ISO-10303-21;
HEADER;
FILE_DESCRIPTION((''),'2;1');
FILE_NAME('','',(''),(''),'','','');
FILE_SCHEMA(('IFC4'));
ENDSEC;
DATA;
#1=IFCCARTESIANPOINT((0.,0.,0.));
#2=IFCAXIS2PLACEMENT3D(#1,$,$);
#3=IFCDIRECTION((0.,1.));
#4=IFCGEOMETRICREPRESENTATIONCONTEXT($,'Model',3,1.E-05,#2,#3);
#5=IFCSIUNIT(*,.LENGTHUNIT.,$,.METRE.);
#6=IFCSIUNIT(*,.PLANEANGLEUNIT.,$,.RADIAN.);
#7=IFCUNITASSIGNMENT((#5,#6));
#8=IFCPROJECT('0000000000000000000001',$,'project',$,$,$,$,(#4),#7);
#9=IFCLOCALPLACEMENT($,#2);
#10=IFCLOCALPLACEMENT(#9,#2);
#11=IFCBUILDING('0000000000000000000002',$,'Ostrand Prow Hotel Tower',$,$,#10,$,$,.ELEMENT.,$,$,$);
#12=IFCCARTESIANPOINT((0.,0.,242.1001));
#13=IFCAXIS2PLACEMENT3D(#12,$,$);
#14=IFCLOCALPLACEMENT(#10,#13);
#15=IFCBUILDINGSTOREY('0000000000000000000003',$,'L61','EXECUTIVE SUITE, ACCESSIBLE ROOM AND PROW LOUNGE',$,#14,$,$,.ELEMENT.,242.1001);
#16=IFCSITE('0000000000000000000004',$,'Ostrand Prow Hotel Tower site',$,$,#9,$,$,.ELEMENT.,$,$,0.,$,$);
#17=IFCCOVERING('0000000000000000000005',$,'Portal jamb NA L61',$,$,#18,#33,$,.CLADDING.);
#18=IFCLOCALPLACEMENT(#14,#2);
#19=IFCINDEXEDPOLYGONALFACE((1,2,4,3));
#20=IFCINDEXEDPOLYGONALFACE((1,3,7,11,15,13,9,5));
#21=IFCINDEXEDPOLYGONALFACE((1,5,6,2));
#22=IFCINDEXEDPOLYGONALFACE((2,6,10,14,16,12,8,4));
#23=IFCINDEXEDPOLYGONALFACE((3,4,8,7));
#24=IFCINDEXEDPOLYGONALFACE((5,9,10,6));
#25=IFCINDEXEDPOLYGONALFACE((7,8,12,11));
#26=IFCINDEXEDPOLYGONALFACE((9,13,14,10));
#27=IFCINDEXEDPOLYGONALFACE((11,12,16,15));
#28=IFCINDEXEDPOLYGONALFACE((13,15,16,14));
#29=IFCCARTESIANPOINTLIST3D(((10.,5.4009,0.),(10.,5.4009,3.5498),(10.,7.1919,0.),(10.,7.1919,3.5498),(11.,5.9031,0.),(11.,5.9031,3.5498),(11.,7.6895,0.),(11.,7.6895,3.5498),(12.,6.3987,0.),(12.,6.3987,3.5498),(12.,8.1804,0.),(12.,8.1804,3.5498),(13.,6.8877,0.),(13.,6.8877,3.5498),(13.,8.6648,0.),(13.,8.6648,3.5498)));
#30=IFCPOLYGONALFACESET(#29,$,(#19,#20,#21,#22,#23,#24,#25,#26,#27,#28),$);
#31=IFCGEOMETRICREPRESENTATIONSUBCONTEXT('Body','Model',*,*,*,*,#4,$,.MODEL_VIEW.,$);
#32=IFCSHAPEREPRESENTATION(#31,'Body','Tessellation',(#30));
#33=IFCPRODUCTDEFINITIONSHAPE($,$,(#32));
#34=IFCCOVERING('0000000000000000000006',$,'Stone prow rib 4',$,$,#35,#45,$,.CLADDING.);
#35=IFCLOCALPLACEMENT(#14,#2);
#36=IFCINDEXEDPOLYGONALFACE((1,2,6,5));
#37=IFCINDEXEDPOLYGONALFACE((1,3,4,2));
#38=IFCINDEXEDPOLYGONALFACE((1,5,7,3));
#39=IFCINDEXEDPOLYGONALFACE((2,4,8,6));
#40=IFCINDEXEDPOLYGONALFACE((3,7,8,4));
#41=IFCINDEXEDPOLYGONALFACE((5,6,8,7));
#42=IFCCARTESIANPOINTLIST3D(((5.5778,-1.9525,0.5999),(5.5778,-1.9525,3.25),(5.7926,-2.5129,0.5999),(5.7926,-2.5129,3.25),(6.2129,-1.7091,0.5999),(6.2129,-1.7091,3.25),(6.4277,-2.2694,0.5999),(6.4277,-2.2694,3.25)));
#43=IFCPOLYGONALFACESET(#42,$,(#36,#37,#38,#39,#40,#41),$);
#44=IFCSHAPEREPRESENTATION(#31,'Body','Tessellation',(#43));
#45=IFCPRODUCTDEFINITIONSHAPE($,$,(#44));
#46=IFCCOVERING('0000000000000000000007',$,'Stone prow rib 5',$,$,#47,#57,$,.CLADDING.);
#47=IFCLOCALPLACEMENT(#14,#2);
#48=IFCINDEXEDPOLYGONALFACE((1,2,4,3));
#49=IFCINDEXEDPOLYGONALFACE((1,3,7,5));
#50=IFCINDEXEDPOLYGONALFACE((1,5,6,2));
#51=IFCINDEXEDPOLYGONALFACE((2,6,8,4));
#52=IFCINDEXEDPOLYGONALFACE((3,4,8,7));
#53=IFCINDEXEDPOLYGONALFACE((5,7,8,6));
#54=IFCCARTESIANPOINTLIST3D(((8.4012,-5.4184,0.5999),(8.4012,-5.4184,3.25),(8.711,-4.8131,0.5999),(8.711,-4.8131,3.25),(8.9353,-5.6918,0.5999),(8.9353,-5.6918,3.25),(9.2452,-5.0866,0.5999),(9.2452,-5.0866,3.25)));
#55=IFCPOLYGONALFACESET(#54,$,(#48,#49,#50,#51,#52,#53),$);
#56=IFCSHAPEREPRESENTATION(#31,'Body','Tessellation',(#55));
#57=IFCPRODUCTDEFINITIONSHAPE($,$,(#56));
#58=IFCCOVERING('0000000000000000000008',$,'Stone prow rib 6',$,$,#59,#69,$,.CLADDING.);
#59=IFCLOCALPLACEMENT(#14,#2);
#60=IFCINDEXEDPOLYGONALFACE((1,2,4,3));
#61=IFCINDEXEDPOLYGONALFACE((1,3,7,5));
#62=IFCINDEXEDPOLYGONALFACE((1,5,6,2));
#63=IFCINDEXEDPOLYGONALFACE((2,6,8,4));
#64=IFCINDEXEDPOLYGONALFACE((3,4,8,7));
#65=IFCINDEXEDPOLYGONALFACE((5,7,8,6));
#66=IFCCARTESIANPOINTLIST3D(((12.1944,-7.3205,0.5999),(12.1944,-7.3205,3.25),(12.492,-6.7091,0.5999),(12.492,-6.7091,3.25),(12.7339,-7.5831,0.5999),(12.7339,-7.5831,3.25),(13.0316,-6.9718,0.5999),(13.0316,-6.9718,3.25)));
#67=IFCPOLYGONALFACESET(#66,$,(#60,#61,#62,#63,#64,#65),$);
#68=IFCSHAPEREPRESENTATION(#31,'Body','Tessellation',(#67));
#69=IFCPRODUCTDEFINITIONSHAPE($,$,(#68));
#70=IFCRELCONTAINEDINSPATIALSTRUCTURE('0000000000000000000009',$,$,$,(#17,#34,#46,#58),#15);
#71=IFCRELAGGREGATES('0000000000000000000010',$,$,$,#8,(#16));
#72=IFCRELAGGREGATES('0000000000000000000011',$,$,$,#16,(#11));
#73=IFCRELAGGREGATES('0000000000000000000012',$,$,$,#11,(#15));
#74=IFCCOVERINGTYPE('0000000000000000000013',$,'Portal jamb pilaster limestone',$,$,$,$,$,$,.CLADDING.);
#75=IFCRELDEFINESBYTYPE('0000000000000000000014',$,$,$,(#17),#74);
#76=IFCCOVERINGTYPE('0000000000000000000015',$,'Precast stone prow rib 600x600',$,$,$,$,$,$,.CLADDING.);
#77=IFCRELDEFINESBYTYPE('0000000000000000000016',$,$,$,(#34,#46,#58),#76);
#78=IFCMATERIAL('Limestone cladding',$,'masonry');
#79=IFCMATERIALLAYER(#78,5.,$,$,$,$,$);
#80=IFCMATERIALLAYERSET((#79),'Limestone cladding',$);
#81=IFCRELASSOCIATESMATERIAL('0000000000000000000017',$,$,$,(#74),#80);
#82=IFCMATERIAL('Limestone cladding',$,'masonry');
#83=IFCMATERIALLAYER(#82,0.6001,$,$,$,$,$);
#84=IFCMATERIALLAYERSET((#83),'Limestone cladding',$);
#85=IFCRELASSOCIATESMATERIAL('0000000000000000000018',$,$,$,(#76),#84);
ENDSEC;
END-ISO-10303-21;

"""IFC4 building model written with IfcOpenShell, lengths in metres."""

from ifc_helpers import new_model, si_unit, direction, frame, frame_2d, origin, place, context, subcontext, project, spatial, polyline, rectangle, outline, extrude, material, layer, layer_set, type_object, element, save


model = new_model("IFC4")

# Units and contexts
model_context = context("Model", 3, precision=1e-05, world=origin(), true_north=direction((0.0, 1.0)))
body_context = subcontext(model_context, "Body", "Model", "MODEL_VIEW")
ifc_project = project(units=[si_unit("LENGTHUNIT", "METRE"), si_unit("PLANEANGLEUNIT", "RADIAN")], contexts=[model_context])

# Site, building, storey
site_placement = place(None, origin())
site = spatial("IfcSite", under=ifc_project, at=site_placement, Name="Ostrand Prow Hotel Tower site", CompositionType="ELEMENT", RefElevation=0.0)
building_placement = place(site_placement, origin())
building = spatial("IfcBuilding", under=site, at=building_placement, Name="Ostrand Prow Hotel Tower", CompositionType="ELEMENT")
storey_placement = place(building_placement, frame((0.0, 0.0, 242.1001)))
storey = spatial("IfcBuildingStorey", under=building, at=storey_placement, Name="L61", Description="EXECUTIVE SUITE, ACCESSIBLE ROOM AND PROW LOUNGE", CompositionType="ELEMENT", Elevation=242.1001)

# Coverings
ifc_material_1 = material(Name="Limestone cladding", Category="masonry")
ifc_layer_1 = layer(ifc_material_1, 5.0)
ifc_layer_set_1 = layer_set([ifc_layer_1], Name="Limestone cladding")
covering_type_1 = type_object("IfcCoveringType", Name="Portal jamb pilaster limestone", PredefinedType="CLADDING", material=ifc_layer_set_1)
covering_1_placement = place(storey_placement, origin())
element("IfcCovering", 1, at=covering_1_placement, inside=storey, type_object=covering_type_1, Name="Portal jamb NA L61", PredefinedType="CLADDING", context=body_context, shape_type="SweptSolid", body=[
    extrude(outline(polyline([(10.0, 5.4009), (11.0, 5.9031), (12.0, 6.3987), (13.0, 6.8877), (13.0, 8.6648), (12.0, 8.1804), (11.0, 7.6895), (10.0, 7.1919), (10.0, 5.4009)])), origin(), (0.0, 0.0, 1.0), 3.5498),
])
ifc_material_2 = material(Name="Limestone cladding", Category="masonry")
ifc_layer_2 = layer(ifc_material_2, 0.6001)
ifc_layer_set_2 = layer_set([ifc_layer_2], Name="Limestone cladding")
covering_type_2 = type_object("IfcCoveringType", Name="Precast stone prow rib 600x600", PredefinedType="CLADDING", material=ifc_layer_set_2)
covering_2_placement = place(storey_placement, frame((6.3203, -1.9893, 0.5999), z_axis=(0.0, 0.0, 1.0), x_axis=(-0.933752, -0.35792, 0.0)))
element("IfcCovering", 2, at=covering_2_placement, inside=storey, type_object=covering_type_2, Name="Stone prow rib 4", PredefinedType="CLADDING", context=body_context, shape_type="SweptSolid", body=[
    extrude(rectangle(XDim=0.6802, YDim=0.6001, at=frame_2d((0.3401, 0.0))), origin(), (0.0, 0.0, 1.0), 2.6501),
])
for number, where, z_axis, x_axis, name in (
    (3, (8.978, -4.95, 0.5999), (0.0, 0.0, 1.0), (-0.455668, -0.89015, 0.0), "Stone prow rib 5"),
    (4, (12.7617, -6.8406, 0.5999), (0.0, 0.0, 1.0), (-0.437709, -0.899117, 0.0), "Stone prow rib 6"),
):
    element("IfcCovering", number, at=place(storey_placement, frame(where, z_axis=z_axis, x_axis=x_axis)), inside=storey, type_object=covering_type_2, Name=name, PredefinedType="CLADDING", context=body_context, shape_type="SweptSolid", body=[
        extrude(rectangle(XDim=0.6799, YDim=0.6001, at=frame_2d((0.3398, 0.0))), origin(), (0.0, 0.0, 1.0), 2.6501),
    ])

save(model, "model.ifc")
